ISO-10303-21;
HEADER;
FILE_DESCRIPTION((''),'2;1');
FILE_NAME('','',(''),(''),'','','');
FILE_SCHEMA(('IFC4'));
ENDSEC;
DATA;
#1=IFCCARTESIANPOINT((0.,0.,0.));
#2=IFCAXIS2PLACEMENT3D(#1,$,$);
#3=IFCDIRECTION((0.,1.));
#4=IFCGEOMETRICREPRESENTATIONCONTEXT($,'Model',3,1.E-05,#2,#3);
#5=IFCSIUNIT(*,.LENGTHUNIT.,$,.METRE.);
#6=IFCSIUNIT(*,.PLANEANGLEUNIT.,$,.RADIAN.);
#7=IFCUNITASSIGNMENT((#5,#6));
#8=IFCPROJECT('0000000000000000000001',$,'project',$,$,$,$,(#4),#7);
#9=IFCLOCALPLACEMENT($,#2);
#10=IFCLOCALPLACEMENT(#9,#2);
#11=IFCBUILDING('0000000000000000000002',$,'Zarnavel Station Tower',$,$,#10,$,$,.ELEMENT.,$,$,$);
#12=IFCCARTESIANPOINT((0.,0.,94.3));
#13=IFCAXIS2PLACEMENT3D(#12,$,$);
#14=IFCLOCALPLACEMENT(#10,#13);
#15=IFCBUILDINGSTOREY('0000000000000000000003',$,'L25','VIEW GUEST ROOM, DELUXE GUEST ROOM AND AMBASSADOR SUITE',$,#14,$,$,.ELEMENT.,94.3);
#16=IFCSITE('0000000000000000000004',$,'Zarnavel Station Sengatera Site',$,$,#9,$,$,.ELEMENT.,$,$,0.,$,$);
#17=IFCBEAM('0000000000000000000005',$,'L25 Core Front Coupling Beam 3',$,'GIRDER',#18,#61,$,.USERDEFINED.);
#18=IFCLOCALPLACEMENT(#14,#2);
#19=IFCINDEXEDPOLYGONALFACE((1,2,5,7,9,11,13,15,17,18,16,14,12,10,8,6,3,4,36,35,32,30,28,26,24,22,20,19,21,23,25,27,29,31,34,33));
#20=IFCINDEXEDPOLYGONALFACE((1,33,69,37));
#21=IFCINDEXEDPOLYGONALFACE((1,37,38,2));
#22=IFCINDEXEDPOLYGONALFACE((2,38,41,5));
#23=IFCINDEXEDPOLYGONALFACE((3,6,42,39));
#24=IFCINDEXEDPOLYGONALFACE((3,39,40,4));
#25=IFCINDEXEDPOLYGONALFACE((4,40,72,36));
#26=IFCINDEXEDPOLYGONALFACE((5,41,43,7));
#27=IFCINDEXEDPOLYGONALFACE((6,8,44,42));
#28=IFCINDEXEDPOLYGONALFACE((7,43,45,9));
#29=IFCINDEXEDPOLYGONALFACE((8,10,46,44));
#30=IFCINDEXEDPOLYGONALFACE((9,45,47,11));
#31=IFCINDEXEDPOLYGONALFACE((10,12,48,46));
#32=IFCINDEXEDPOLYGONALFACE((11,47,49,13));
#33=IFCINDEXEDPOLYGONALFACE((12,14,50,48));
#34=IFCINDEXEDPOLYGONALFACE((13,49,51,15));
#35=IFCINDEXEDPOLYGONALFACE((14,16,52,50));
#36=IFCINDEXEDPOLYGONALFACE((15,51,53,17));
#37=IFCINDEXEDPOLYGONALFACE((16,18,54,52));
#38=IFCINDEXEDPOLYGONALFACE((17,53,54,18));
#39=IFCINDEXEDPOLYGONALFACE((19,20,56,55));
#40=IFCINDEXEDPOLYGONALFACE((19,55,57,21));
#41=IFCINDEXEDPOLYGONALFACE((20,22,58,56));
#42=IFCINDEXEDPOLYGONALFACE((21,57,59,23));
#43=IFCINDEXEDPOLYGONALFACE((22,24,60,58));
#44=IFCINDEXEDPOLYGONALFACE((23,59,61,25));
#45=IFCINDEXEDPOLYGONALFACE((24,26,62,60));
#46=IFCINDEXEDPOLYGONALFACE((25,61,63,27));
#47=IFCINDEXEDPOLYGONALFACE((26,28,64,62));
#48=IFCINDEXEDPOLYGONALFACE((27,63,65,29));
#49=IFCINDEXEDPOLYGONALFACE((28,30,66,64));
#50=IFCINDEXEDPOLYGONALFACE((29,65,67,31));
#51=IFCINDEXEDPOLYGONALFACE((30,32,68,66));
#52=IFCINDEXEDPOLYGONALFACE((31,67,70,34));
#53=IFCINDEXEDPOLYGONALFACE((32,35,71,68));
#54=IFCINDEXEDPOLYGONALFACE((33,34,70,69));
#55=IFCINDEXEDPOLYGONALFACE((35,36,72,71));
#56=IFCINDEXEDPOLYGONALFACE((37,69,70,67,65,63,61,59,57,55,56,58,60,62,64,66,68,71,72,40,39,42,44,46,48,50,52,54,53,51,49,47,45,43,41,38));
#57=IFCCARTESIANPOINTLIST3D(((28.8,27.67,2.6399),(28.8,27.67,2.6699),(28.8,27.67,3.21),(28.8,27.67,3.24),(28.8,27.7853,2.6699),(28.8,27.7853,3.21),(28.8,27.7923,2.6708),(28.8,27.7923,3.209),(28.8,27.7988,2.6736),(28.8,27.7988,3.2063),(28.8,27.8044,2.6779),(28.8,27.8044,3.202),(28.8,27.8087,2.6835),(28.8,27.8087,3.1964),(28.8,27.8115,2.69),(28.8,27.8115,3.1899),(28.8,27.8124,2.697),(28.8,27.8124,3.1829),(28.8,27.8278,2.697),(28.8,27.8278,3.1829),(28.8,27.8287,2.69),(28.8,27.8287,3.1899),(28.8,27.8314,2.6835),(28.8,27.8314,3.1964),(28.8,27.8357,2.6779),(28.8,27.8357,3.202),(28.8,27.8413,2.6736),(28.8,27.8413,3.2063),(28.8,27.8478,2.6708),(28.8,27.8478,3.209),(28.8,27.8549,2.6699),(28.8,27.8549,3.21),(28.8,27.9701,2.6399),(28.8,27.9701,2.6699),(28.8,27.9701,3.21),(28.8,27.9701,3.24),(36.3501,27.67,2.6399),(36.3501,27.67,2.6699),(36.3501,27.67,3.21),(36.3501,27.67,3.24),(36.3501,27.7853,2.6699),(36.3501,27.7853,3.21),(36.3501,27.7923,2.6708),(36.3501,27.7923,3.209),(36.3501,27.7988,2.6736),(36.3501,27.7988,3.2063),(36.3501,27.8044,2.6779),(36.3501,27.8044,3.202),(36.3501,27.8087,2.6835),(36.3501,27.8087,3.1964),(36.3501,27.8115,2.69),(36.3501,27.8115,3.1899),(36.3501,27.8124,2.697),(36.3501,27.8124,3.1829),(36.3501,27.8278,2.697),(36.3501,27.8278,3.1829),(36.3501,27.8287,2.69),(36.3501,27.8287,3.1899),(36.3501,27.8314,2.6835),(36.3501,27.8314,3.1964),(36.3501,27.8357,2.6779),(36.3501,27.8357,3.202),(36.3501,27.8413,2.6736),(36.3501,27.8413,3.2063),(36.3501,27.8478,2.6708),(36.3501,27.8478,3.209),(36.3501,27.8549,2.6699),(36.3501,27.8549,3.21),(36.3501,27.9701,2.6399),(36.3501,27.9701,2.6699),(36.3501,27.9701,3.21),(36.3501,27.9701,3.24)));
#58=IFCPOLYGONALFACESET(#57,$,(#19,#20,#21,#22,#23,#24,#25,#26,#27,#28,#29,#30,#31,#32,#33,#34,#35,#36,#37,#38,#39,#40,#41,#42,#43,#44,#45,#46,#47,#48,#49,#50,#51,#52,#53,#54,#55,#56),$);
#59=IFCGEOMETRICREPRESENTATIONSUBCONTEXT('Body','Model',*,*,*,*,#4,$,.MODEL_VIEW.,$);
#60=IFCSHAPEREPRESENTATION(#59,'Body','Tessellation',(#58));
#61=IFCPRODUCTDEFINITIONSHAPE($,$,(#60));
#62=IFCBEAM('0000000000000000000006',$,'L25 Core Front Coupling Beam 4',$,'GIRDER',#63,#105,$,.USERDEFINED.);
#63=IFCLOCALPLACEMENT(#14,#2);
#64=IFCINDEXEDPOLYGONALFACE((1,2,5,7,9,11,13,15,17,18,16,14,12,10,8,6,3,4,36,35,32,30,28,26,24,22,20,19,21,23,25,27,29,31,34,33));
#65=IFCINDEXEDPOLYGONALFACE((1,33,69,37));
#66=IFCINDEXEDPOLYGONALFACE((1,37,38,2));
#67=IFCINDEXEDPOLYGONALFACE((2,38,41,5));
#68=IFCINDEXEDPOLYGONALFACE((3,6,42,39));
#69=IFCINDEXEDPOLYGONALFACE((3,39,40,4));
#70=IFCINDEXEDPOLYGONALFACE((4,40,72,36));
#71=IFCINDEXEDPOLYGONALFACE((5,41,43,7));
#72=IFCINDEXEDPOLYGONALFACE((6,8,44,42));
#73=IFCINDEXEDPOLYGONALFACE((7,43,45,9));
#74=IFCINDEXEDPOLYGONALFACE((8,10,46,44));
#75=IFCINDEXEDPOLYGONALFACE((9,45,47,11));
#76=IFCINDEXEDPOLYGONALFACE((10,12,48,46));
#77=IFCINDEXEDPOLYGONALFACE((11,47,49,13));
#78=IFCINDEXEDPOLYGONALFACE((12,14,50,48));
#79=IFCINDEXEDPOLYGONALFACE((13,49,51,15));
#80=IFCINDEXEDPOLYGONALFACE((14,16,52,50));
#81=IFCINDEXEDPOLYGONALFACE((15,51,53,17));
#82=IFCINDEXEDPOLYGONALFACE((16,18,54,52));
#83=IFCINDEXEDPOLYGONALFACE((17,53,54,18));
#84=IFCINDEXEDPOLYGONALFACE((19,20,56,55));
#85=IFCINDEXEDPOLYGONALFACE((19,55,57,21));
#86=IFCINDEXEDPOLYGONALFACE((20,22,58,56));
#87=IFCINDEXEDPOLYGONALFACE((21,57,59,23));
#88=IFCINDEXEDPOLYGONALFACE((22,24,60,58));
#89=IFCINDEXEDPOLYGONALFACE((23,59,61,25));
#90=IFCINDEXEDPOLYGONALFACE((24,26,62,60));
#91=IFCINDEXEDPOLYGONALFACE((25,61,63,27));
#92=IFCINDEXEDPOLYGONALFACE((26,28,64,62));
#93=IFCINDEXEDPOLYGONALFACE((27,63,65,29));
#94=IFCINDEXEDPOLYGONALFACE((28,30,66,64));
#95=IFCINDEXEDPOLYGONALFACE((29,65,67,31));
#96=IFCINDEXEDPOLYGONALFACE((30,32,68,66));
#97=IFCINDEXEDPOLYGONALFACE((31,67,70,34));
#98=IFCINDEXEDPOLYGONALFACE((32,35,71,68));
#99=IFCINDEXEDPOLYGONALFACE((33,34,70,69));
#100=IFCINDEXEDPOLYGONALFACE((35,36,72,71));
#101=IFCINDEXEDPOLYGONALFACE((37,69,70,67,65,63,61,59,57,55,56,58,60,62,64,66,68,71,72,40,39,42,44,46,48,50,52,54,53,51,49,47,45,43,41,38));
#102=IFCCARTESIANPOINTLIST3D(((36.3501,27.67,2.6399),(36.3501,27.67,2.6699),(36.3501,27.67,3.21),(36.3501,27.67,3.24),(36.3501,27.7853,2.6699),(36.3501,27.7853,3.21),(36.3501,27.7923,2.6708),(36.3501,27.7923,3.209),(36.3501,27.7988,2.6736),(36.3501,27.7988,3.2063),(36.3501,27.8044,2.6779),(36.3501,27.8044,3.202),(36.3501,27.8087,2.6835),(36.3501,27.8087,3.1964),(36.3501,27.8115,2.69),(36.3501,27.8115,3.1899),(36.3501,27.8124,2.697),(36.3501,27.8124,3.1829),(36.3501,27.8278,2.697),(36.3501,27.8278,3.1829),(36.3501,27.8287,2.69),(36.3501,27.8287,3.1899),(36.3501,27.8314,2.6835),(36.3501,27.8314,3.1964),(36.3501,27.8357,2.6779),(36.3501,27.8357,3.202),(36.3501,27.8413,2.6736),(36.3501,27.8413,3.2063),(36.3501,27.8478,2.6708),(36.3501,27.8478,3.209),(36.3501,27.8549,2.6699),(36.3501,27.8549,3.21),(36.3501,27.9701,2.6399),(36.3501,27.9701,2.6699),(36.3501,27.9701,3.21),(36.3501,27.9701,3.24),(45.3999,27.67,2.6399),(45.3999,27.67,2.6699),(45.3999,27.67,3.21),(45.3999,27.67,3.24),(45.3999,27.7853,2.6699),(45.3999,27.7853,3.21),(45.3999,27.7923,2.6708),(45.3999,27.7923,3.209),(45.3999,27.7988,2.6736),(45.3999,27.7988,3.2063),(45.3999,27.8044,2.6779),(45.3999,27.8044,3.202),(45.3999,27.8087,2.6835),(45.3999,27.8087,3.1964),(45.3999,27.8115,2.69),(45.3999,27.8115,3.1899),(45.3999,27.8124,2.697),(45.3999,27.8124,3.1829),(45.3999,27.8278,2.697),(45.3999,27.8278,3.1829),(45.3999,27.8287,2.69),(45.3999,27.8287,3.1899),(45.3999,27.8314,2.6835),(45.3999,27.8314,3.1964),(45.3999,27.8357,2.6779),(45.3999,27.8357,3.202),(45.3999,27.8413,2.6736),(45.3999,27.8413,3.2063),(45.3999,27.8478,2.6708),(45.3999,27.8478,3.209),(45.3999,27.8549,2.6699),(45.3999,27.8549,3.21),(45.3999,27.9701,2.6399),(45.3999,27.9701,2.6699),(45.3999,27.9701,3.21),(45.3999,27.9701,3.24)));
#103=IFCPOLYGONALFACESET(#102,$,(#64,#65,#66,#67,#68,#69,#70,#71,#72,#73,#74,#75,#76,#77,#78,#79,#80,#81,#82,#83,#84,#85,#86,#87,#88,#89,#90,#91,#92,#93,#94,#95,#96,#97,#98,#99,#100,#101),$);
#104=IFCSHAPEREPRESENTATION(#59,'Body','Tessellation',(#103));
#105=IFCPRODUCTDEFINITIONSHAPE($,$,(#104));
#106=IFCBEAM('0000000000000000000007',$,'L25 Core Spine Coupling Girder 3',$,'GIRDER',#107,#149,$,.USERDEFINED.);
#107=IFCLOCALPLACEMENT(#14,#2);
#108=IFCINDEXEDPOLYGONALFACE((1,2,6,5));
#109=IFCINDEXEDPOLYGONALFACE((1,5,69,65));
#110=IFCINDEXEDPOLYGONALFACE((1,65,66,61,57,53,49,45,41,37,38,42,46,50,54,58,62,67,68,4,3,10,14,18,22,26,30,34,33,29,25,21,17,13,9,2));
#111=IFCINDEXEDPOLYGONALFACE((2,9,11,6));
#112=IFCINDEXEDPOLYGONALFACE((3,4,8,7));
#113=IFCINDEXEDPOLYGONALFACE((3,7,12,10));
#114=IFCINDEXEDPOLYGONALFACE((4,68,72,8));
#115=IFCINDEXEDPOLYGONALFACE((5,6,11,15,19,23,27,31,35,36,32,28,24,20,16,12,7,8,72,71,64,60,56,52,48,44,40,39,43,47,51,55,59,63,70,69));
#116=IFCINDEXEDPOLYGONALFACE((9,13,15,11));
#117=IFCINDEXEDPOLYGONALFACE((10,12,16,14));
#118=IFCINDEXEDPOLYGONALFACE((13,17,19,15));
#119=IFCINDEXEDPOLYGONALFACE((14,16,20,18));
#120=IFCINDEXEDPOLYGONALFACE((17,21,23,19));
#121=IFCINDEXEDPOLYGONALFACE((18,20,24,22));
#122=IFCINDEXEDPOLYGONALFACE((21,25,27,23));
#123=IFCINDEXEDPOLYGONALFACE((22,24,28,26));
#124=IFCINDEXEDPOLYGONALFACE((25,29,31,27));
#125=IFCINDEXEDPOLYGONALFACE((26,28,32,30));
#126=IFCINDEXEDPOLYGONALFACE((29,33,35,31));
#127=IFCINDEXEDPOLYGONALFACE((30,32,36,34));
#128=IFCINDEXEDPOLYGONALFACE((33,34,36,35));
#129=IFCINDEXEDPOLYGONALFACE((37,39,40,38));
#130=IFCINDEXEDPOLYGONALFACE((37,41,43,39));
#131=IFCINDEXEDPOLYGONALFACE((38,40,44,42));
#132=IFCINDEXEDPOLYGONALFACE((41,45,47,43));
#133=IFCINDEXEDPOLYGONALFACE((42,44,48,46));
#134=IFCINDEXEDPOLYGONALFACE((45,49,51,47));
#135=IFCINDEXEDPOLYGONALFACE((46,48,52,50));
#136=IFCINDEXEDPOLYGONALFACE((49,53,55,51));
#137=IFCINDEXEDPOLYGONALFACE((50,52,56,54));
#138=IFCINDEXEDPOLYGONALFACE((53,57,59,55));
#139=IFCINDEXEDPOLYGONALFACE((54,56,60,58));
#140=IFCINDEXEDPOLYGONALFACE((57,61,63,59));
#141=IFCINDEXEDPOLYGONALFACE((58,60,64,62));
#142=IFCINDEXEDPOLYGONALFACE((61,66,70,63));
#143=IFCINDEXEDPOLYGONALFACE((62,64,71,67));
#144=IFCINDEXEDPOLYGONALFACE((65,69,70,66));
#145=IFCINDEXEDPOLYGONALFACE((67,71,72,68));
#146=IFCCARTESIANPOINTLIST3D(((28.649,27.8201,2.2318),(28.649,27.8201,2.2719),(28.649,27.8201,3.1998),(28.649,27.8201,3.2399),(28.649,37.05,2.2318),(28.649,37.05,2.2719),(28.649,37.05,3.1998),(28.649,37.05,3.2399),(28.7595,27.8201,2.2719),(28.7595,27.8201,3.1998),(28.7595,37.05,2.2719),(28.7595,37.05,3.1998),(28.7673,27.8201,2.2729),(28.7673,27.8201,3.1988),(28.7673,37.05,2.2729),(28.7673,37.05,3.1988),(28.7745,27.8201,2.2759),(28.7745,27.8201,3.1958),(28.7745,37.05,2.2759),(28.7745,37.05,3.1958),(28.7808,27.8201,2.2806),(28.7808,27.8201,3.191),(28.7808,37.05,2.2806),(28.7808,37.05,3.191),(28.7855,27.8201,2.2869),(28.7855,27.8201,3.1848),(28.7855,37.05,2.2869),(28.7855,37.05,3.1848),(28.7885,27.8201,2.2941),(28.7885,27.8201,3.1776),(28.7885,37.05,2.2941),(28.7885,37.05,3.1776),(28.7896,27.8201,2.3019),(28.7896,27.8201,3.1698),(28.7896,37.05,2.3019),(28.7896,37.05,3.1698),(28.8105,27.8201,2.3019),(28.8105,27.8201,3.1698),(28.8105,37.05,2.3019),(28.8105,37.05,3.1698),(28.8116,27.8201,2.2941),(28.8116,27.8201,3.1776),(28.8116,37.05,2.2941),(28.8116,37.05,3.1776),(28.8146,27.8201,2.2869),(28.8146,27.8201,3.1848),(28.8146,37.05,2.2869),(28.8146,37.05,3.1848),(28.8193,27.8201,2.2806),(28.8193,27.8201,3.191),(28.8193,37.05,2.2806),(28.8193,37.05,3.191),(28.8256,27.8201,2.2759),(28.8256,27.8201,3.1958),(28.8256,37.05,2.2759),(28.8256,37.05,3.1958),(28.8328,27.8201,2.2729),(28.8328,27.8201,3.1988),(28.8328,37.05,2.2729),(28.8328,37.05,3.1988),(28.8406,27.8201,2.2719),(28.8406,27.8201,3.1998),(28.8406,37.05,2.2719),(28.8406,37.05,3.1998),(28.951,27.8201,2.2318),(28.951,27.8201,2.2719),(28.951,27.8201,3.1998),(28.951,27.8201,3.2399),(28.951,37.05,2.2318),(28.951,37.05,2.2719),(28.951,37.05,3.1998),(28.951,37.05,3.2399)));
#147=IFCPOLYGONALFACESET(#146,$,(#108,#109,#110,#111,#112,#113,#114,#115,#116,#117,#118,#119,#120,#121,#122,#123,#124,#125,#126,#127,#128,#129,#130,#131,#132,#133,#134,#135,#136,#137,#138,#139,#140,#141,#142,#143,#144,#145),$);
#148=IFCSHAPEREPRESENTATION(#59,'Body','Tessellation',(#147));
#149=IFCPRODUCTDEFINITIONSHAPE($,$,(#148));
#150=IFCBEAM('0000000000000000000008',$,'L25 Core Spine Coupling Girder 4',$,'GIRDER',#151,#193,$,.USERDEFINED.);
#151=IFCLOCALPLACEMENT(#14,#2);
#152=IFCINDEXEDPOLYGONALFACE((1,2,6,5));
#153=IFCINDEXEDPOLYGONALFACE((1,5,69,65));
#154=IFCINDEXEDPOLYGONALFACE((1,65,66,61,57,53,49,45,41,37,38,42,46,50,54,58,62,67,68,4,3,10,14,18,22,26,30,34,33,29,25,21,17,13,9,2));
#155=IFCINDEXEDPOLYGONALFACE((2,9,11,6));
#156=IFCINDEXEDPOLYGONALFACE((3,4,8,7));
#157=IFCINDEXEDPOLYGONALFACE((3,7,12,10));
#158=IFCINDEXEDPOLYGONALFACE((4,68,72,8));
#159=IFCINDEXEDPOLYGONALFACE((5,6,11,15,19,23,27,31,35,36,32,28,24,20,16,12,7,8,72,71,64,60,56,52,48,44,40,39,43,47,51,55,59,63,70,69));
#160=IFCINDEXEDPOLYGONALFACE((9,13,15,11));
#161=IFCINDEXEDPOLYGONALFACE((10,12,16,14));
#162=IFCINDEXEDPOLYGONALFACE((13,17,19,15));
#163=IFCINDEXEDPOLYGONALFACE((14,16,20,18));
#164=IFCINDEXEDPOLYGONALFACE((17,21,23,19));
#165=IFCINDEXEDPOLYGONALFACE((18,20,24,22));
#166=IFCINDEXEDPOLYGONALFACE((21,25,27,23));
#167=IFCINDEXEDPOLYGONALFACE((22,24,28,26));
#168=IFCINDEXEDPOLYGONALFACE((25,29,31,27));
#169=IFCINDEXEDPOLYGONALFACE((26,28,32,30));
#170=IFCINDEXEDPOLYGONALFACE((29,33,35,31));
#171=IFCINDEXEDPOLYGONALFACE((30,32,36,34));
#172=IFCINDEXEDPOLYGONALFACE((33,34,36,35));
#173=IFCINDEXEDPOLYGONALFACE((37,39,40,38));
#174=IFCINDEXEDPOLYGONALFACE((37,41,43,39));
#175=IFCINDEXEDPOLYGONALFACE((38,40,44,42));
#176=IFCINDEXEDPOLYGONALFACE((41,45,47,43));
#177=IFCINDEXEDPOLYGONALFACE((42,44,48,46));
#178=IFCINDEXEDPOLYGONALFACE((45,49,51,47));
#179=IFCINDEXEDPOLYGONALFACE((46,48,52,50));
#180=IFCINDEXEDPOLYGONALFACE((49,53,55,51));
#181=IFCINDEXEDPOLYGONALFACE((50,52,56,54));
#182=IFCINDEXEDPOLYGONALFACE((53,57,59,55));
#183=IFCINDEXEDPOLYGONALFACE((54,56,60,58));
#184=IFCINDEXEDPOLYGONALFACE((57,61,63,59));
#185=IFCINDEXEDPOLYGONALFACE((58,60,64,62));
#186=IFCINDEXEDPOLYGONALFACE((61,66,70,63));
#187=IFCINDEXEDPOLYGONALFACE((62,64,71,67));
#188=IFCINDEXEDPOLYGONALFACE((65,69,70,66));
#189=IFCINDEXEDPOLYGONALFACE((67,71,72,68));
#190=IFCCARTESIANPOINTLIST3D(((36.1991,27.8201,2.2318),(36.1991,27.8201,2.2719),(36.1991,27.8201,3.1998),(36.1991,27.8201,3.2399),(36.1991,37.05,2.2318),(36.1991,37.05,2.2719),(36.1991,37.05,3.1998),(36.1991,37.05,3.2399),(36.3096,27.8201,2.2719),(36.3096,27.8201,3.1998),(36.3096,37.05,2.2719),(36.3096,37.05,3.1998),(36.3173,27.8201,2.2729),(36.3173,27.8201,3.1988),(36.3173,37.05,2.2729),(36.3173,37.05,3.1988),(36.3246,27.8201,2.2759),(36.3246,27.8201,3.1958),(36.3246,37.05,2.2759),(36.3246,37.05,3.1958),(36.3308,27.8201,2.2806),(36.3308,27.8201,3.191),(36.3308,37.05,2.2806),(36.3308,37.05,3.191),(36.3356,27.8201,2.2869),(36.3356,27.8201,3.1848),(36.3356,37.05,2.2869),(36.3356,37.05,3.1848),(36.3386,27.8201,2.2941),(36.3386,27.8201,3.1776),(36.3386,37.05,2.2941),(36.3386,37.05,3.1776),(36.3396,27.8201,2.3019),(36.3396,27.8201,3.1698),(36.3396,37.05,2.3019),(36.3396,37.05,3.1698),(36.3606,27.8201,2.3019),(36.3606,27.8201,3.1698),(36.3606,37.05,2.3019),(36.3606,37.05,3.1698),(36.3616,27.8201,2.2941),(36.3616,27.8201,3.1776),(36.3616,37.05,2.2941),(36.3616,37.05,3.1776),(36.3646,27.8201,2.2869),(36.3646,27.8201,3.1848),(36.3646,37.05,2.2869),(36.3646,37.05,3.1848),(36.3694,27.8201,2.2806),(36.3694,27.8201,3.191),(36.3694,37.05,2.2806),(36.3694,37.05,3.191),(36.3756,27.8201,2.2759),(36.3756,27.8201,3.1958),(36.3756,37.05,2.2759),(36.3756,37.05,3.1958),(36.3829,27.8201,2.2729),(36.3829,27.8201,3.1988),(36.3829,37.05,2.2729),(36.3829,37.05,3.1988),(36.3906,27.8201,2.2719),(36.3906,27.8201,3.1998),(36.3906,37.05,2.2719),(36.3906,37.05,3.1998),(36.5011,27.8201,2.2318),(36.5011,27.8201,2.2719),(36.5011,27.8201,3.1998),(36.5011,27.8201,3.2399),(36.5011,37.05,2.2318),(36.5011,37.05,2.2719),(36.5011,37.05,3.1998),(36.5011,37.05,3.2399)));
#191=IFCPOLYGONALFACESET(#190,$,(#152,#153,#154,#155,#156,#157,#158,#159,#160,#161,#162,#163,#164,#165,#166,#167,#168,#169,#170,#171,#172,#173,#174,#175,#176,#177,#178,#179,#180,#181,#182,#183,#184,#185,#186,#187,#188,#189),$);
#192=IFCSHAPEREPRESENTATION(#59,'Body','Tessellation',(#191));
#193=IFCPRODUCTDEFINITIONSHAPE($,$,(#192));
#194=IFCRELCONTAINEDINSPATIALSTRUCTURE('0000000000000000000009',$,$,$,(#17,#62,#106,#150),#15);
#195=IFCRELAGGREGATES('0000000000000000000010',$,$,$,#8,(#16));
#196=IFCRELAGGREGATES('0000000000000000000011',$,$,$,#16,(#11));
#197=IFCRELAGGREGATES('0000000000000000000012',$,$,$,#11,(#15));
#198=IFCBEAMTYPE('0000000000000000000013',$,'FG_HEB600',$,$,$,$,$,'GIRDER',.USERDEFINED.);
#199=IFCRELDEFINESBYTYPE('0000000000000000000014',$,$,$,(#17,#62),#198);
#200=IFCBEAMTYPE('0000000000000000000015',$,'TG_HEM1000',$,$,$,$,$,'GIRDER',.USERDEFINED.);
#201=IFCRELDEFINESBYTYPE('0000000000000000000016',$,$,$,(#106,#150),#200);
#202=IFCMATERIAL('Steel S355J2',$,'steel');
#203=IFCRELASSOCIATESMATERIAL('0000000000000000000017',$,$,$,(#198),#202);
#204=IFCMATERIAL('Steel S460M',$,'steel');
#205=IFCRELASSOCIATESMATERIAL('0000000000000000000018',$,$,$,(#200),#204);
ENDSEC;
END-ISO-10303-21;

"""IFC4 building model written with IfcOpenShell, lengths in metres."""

from ifc_helpers import new_model, si_unit, direction, frame, origin, origin_2d, place, context, subcontext, project, spatial, i_section, extrude, material, material_profile, profile_set, type_object, element, save


model = new_model("IFC4")

# Units and contexts
model_context = context("Model", 3, precision=1e-05, world=origin(), true_north=direction((0.0, 1.0)))
body_context = subcontext(model_context, "Body", "Model", "MODEL_VIEW")
ifc_project = project(units=[si_unit("LENGTHUNIT", "METRE"), si_unit("PLANEANGLEUNIT", "RADIAN")], contexts=[model_context])

# Site, building, storey
site_placement = place(None, origin())
site = spatial("IfcSite", under=ifc_project, at=site_placement, Name="Zarnavel Station Sengatera Site", CompositionType="ELEMENT", RefElevation=0.0)
building_placement = place(site_placement, origin())
building = spatial("IfcBuilding", under=site, at=building_placement, Name="Zarnavel Station Tower", CompositionType="ELEMENT")
storey_placement = place(building_placement, frame((0.0, 0.0, 94.3)))
storey = spatial("IfcBuildingStorey", under=building, at=storey_placement, Name="L25", Description="VIEW GUEST ROOM, DELUXE GUEST ROOM AND AMBASSADOR SUITE", CompositionType="ELEMENT", Elevation=94.3)

# Beams
ifc_material_1 = material(Name="Steel S355J2", Category="steel")
ifc_material_profile_1 = material_profile(ifc_material_1, i_section(OverallWidth=0.3, OverallDepth=0.6001, WebThickness=0.0154, FlangeThickness=0.03, FilletRadius=0.0271, at=origin_2d()), Name="HEB600")
ifc_profile_set_1 = profile_set([ifc_material_profile_1], Name="Steel S355J2")
beam_type_1 = type_object("IfcBeamType", Name="FG_HEB600", ElementType="GIRDER", PredefinedType="USERDEFINED", material=ifc_profile_set_1)
beam_1_placement = place(storey_placement, frame((28.8, 27.8201, 2.9399), z_axis=(1.0, 0.0, 0.0), x_axis=(0.0, 1.0, 0.0)))
element("IfcBeam", 1, at=beam_1_placement, inside=storey, type_object=beam_type_1, Name="L25 Core Front Coupling Beam 3", ObjectType="GIRDER", PredefinedType="USERDEFINED", context=body_context, shape_type="SweptSolid", body=[
    extrude(i_section(OverallWidth=0.3, OverallDepth=0.6001, WebThickness=0.0154, FlangeThickness=0.03, FilletRadius=0.0271, at=origin_2d()), origin(), (0.0, 0.0, 1.0), 7.55),
])
beam_2_placement = place(storey_placement, frame((36.3501, 27.8201, 2.9399), z_axis=(1.0, 0.0, 0.0), x_axis=(0.0, 1.0, 0.0)))
element("IfcBeam", 2, at=beam_2_placement, inside=storey, type_object=beam_type_1, Name="L25 Core Front Coupling Beam 4", ObjectType="GIRDER", PredefinedType="USERDEFINED", context=body_context, shape_type="SweptSolid", body=[
    extrude(i_section(OverallWidth=0.3, OverallDepth=0.6001, WebThickness=0.0154, FlangeThickness=0.03, FilletRadius=0.0271, at=origin_2d()), origin(), (0.0, 0.0, 1.0), 9.0498),
])
ifc_material_2 = material(Name="Steel S460M", Category="steel")
ifc_material_profile_2 = material_profile(ifc_material_2, i_section(OverallWidth=0.302, OverallDepth=1.0081, WebThickness=0.021, FlangeThickness=0.04, FilletRadius=0.03, at=origin_2d()), Name="HEM1000")
ifc_profile_set_2 = profile_set([ifc_material_profile_2], Name="Steel S460M")
beam_type_2 = type_object("IfcBeamType", Name="TG_HEM1000", ElementType="GIRDER", PredefinedType="USERDEFINED", material=ifc_profile_set_2)
for number, where, z_axis, x_axis, name in (
    (3, (28.8, 27.8201, 2.7358), (0.0, 1.0, 0.0), (-1.0, 0.0, 0.0), "L25 Core Spine Coupling Girder 3"),
    (4, (36.3501, 27.8201, 2.7358), (0.0, 1.0, 0.0), (-1.0, 0.0, 0.0), "L25 Core Spine Coupling Girder 4"),
):
    element("IfcBeam", number, at=place(storey_placement, frame(where, z_axis=z_axis, x_axis=x_axis)), inside=storey, type_object=beam_type_2, Name=name, ObjectType="GIRDER", PredefinedType="USERDEFINED", context=body_context, shape_type="SweptSolid", body=[
        extrude(i_section(OverallWidth=0.302, OverallDepth=1.0081, WebThickness=0.021, FlangeThickness=0.04, FilletRadius=0.03, at=origin_2d()), origin(), (0.0, 0.0, 1.0), 9.23),
    ])

save(model, "model.ifc")
